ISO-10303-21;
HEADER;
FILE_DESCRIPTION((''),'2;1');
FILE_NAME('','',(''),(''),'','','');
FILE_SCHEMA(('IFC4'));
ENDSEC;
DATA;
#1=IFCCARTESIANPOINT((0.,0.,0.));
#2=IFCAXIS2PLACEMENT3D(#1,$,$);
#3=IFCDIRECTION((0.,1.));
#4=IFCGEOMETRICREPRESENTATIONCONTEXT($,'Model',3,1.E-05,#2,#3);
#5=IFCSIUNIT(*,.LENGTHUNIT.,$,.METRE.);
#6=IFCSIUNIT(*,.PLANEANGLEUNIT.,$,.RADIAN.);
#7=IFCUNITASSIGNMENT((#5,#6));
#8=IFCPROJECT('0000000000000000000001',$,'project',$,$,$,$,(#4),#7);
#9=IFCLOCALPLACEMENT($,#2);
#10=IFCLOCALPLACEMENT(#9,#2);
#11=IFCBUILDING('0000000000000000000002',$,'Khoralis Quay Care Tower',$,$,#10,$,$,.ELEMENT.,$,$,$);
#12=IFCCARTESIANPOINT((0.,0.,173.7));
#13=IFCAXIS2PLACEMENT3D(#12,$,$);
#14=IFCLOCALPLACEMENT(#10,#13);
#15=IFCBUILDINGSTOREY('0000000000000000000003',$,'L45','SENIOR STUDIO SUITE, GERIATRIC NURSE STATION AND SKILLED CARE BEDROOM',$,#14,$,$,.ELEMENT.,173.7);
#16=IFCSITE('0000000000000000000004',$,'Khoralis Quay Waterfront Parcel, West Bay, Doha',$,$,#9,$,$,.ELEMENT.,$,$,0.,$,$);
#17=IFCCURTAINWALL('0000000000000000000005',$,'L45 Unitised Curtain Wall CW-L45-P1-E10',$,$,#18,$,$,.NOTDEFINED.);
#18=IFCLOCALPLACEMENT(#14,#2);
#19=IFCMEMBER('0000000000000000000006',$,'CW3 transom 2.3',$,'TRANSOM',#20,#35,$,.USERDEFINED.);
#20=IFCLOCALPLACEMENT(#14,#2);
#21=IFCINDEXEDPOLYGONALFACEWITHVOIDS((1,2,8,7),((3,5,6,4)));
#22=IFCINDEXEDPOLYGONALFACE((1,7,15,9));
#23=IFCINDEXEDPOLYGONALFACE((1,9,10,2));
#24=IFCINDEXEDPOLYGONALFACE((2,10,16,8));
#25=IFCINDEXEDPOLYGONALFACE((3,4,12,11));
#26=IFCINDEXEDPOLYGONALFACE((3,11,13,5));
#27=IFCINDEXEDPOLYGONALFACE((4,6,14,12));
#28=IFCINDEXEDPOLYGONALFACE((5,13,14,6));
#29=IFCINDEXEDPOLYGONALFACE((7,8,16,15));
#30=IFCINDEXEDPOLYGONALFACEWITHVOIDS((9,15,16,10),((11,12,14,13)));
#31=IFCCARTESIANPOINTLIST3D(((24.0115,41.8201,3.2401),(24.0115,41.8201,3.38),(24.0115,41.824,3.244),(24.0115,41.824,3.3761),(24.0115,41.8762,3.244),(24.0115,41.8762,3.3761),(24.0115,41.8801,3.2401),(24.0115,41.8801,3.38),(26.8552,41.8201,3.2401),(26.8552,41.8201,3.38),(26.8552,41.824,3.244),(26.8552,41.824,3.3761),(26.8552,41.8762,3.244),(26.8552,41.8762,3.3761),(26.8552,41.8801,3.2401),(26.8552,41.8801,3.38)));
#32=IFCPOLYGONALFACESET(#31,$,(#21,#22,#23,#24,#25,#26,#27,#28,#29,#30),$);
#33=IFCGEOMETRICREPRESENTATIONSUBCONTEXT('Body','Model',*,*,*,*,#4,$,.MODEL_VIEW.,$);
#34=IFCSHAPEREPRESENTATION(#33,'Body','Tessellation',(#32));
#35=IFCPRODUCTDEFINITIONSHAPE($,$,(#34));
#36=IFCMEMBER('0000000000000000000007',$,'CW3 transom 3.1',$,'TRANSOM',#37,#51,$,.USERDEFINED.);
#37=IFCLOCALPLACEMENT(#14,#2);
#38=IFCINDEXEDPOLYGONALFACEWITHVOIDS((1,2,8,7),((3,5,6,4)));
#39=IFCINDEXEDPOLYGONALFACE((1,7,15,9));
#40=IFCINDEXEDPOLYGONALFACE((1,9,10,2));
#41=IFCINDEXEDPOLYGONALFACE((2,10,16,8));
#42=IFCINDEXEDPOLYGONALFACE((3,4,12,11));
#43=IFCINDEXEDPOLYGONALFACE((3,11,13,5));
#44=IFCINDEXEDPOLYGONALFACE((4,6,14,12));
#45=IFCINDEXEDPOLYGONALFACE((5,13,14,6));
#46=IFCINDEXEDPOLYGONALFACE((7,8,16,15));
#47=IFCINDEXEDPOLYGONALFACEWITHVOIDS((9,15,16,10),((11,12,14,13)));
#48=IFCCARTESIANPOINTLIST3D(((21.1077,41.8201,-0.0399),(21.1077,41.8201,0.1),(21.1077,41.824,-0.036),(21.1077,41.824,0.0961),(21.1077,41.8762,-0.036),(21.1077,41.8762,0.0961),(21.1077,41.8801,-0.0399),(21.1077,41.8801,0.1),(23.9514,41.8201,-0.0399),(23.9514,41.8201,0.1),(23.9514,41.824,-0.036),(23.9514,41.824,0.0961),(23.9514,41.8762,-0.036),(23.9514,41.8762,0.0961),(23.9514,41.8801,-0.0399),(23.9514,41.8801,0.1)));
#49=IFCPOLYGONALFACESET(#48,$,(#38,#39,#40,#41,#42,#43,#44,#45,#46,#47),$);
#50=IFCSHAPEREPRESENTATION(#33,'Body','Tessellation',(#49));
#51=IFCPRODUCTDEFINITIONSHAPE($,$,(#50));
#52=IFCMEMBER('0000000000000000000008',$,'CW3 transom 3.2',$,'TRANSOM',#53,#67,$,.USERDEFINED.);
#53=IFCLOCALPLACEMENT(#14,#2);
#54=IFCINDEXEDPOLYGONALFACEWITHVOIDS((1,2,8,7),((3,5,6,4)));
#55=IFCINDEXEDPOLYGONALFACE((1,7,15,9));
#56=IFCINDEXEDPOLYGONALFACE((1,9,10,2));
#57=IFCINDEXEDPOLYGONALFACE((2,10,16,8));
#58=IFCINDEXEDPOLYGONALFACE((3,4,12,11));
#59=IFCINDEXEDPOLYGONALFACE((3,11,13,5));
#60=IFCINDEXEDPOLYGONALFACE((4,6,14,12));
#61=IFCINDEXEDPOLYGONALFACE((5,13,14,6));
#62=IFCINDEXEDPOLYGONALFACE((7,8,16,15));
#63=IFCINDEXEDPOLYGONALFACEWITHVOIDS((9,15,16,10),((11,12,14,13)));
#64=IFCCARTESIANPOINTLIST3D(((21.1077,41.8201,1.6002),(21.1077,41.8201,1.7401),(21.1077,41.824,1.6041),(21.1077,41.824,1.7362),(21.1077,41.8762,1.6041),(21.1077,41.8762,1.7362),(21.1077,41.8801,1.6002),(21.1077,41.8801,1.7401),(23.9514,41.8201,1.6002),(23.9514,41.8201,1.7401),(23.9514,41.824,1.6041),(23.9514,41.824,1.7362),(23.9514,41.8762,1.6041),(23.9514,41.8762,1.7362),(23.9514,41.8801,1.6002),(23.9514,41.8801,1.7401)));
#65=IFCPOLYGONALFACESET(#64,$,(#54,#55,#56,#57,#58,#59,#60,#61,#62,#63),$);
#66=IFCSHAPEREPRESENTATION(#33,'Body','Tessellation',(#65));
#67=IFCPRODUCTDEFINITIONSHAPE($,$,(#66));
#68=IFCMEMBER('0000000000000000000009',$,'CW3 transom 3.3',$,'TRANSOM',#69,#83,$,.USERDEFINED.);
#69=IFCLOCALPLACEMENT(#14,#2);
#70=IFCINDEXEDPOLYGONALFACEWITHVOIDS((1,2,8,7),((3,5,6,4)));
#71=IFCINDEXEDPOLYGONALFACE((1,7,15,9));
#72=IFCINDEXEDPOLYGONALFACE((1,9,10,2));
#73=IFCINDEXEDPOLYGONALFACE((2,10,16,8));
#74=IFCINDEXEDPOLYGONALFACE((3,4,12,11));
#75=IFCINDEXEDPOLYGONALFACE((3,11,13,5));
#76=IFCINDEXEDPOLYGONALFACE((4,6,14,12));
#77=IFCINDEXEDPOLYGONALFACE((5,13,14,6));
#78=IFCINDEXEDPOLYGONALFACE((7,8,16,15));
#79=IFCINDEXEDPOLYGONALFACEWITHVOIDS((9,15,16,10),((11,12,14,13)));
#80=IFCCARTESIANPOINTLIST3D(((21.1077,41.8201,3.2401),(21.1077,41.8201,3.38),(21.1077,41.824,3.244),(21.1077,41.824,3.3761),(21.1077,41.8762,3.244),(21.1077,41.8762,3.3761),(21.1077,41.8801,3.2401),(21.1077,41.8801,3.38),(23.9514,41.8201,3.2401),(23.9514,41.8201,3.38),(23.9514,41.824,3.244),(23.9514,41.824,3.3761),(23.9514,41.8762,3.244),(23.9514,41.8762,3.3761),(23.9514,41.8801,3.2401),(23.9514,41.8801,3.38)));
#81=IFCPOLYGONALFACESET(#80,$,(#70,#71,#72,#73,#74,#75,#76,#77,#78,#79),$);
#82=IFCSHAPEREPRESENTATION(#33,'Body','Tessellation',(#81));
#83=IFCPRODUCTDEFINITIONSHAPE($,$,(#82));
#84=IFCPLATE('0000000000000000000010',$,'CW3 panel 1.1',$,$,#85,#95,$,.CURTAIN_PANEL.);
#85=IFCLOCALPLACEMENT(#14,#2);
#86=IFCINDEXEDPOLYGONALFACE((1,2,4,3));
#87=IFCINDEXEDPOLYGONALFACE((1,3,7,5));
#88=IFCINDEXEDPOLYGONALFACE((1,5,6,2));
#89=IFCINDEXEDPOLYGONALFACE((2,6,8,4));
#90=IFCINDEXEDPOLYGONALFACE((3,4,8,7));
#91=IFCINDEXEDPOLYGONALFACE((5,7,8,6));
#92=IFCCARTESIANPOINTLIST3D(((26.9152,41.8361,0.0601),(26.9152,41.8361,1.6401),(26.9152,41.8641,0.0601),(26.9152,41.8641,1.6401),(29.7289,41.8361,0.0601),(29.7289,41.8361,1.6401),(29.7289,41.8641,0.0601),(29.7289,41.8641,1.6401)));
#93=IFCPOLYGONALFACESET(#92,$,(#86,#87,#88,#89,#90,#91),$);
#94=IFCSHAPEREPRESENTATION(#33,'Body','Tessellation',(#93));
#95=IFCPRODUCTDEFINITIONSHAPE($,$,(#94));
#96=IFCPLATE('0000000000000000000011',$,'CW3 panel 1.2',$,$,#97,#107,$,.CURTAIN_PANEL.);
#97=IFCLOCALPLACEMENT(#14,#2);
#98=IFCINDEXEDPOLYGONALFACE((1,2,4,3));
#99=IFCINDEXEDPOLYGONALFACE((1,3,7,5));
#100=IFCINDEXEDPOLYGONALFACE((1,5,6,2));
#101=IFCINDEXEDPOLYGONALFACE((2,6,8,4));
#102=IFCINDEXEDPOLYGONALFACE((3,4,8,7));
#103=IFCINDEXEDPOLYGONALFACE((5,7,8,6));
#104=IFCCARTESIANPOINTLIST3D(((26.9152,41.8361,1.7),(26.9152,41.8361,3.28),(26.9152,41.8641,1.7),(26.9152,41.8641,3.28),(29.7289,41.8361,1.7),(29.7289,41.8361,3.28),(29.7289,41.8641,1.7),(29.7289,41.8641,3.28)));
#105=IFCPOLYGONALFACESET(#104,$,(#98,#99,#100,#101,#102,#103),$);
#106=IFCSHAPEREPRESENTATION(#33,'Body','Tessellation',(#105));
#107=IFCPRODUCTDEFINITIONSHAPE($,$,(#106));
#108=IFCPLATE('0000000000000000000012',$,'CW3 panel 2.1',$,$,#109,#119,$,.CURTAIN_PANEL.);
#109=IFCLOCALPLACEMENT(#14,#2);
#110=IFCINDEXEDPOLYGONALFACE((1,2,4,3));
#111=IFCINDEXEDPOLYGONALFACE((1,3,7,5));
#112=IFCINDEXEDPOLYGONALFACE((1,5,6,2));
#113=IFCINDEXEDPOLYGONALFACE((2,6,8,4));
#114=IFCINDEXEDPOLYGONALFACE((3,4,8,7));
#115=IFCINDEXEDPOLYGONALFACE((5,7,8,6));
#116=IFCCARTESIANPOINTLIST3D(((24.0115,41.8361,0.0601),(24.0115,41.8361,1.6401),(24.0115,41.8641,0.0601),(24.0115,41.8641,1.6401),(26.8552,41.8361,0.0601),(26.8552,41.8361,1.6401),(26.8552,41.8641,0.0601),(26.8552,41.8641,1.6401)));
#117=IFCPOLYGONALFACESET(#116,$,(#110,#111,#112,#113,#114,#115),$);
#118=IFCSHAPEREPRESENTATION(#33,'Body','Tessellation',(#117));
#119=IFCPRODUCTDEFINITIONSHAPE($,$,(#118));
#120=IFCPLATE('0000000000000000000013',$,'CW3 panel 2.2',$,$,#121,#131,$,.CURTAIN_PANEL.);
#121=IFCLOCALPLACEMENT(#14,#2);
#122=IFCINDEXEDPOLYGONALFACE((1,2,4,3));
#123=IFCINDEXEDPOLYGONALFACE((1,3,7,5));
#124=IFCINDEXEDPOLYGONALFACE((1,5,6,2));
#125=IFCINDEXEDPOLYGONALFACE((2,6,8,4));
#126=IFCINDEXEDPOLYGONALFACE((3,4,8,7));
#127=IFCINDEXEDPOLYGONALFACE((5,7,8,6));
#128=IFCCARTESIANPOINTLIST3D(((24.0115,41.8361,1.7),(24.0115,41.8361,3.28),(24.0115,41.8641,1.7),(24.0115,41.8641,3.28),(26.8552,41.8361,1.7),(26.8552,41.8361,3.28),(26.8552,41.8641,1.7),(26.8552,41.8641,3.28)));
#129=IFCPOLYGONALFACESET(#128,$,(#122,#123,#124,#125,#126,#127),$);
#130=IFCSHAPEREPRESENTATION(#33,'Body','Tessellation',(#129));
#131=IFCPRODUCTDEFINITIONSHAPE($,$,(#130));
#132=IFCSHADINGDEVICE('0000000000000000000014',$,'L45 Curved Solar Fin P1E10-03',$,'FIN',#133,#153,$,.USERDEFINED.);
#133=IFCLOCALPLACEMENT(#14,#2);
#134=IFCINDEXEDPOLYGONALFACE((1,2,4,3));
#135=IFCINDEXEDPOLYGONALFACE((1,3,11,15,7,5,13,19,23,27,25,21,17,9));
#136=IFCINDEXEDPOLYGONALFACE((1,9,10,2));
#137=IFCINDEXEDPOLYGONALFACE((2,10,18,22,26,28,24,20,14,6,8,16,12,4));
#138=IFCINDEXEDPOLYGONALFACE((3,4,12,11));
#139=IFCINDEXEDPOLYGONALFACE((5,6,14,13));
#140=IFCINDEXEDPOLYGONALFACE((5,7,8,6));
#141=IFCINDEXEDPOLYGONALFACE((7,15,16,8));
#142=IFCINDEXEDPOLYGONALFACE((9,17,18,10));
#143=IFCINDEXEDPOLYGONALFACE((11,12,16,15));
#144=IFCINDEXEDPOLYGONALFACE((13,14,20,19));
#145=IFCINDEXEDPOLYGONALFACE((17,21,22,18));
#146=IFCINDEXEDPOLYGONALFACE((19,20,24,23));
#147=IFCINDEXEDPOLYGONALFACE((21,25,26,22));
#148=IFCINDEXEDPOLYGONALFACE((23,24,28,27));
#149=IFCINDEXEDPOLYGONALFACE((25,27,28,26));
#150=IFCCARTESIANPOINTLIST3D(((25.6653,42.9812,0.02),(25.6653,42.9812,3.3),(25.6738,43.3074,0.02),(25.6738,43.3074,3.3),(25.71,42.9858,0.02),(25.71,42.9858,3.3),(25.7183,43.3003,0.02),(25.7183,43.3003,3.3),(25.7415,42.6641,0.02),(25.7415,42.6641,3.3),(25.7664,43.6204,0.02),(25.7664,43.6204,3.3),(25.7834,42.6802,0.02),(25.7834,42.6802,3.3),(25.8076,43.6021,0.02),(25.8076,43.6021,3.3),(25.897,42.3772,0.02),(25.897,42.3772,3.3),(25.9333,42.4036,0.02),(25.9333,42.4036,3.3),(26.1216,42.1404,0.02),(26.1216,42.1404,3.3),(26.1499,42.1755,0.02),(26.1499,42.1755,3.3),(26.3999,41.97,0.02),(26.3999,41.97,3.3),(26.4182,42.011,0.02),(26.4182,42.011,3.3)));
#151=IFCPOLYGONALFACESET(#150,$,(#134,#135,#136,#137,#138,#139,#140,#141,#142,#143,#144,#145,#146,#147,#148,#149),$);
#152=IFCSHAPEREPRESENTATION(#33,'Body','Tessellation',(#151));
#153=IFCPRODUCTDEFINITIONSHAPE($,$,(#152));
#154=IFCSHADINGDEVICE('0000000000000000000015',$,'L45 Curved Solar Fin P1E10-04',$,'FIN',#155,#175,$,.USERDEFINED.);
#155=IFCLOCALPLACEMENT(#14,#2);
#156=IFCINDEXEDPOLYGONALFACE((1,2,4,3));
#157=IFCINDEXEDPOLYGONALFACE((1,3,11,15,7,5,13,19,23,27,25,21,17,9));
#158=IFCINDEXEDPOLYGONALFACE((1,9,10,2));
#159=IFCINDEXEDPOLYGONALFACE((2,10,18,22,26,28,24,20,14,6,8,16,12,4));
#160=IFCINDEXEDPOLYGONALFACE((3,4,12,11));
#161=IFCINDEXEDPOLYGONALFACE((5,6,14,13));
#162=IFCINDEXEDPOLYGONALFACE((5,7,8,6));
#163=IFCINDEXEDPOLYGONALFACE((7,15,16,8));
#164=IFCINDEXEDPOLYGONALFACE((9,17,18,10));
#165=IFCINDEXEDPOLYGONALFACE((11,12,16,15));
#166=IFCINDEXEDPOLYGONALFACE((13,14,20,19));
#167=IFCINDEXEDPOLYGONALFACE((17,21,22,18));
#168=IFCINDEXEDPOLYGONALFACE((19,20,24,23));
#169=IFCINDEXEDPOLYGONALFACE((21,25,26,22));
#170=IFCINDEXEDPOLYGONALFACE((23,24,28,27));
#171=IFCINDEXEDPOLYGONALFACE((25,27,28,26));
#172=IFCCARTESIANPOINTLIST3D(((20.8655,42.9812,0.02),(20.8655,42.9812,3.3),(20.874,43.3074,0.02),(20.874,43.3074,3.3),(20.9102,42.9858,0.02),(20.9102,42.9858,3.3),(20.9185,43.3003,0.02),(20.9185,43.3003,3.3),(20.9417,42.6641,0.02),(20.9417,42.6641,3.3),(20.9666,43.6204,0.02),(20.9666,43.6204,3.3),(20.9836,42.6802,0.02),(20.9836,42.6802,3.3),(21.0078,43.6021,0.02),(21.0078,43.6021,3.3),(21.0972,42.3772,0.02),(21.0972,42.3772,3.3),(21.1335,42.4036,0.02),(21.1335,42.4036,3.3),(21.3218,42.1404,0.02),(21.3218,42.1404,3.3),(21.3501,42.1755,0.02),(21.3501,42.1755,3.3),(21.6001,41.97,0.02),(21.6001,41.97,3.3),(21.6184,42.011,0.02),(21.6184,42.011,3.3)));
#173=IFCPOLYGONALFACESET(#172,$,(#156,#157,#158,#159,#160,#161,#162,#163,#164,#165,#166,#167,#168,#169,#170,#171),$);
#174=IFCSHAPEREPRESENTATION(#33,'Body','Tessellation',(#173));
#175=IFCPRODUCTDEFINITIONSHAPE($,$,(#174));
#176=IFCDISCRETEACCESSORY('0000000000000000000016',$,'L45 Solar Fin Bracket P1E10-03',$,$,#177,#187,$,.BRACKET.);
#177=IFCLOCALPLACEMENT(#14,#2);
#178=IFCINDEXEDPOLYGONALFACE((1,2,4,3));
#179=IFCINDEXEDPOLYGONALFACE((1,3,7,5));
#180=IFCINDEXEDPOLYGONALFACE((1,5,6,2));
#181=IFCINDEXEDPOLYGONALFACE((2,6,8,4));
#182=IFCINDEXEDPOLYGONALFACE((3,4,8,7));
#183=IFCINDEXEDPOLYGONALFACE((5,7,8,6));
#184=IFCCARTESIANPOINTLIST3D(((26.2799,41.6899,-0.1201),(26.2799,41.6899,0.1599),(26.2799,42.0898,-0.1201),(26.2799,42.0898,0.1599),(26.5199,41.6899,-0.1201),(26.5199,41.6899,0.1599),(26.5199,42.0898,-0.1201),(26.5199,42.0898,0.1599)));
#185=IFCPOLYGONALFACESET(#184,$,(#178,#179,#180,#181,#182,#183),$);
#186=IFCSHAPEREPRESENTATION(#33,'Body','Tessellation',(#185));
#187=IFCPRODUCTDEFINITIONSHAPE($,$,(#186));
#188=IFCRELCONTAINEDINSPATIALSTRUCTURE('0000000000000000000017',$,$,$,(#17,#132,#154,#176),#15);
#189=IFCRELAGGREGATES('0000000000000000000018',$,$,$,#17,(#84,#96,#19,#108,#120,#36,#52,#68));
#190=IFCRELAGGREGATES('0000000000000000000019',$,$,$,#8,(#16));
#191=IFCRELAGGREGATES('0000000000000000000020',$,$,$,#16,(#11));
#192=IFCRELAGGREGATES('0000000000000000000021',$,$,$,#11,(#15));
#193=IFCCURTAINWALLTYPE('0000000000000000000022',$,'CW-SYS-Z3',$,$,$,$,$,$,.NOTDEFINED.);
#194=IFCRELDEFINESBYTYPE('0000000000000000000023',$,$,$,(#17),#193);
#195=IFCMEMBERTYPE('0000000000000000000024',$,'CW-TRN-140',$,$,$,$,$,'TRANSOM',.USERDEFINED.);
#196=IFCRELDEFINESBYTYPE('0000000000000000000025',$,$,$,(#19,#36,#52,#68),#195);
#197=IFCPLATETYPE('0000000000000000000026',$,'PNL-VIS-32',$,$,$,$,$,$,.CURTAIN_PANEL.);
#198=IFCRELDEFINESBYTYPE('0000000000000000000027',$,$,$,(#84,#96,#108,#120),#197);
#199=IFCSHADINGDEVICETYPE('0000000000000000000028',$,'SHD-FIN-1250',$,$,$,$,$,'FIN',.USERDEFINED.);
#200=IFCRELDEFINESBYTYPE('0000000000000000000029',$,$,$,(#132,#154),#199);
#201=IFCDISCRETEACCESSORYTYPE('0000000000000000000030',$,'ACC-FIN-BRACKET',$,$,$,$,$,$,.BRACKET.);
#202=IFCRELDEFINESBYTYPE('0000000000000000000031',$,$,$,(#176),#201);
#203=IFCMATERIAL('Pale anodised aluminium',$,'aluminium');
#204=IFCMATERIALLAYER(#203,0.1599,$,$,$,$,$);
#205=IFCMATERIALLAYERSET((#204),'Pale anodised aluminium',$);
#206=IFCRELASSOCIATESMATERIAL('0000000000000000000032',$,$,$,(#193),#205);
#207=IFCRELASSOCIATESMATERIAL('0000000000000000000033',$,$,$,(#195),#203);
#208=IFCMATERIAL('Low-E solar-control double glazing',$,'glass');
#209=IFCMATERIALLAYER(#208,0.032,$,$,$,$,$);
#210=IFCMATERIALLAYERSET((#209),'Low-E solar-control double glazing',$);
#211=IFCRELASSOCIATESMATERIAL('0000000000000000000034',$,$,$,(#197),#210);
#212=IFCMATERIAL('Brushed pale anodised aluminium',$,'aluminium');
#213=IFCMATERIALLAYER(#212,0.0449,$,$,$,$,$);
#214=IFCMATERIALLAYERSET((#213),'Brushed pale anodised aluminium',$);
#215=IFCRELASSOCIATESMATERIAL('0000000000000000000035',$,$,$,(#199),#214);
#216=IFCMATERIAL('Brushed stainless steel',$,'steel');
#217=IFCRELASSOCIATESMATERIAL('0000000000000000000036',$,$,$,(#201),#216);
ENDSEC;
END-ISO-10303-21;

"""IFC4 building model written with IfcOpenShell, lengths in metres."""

from ifc_helpers import new_model, si_unit, direction, frame, origin, origin_2d, place, context, subcontext, project, spatial, polyline, rectangle, hollow_rectangle, outline, extrude, source, transform, mapped, material, layer, layer_set, material_profile, profile_set, type_object, element, aggregate, save


model = new_model("IFC4")

# Units and contexts
model_context = context("Model", 3, precision=1e-05, world=origin(), true_north=direction((0.0, 1.0)))
body_context = subcontext(model_context, "Body", "Model", "MODEL_VIEW")
ifc_project = project(units=[si_unit("LENGTHUNIT", "METRE"), si_unit("PLANEANGLEUNIT", "RADIAN")], contexts=[model_context])

# Site, building, storey
site_placement = place(None, origin())
site = spatial("IfcSite", under=ifc_project, at=site_placement, Name="Khoralis Quay Waterfront Parcel, West Bay, Doha", CompositionType="ELEMENT", RefElevation=0.0)
building_placement = place(site_placement, origin())
building = spatial("IfcBuilding", under=site, at=building_placement, Name="Khoralis Quay Care Tower", CompositionType="ELEMENT")
storey_placement = place(building_placement, frame((0.0, 0.0, 173.7)))
storey = spatial("IfcBuildingStorey", under=building, at=storey_placement, Name="L45", Description="SENIOR STUDIO SUITE, GERIATRIC NURSE STATION AND SKILLED CARE BEDROOM", CompositionType="ELEMENT", Elevation=173.7)

# Curtain wall, members, plates
ifc_material_1 = material(Name="Pale anodised aluminium", Category="aluminium")
ifc_layer_1 = layer(ifc_material_1, 0.1599)
ifc_layer_set_1 = layer_set([ifc_layer_1], Name="Pale anodised aluminium")
curtain_wall_type = type_object("IfcCurtainWallType", Name="CW-SYS-Z3", PredefinedType="NOTDEFINED", material=ifc_layer_set_1)
curtain_wall_placement = place(storey_placement, origin())
curtain_wall = element("IfcCurtainWall", 1, at=curtain_wall_placement, inside=storey, type_object=curtain_wall_type, Name="L45 Unitised Curtain Wall CW-L45-P1-E10", PredefinedType="NOTDEFINED")
ifc_material_profile_1 = material_profile(ifc_material_1, hollow_rectangle(XDim=0.0601, YDim=0.1399, WallThickness=0.0039, at=origin_2d()), Name="Pale anodised aluminium")
ifc_profile_set_1 = profile_set([ifc_material_profile_1], Name="Pale anodised aluminium")
member_type_1 = type_object("IfcMemberType", Name="CW-TRN-140", ElementType="TRANSOM", PredefinedType="USERDEFINED", material=ifc_profile_set_1)
shared_shape_1 = source(origin(), body_context, "Body", "SweptSolid", [
    extrude(hollow_rectangle(XDim=0.0601, YDim=0.1399, WallThickness=0.0039, at=origin_2d()), origin(), (0.0, 0.0, 1.0), 2.8438),
])
member_1_placement = place(storey_placement, frame((26.8552, 41.8501, 3.3101), z_axis=(-1.0, 0.0, 0.0), x_axis=(0.0, -1.0, 0.0)))
member_1 = element("IfcMember", 2, at=member_1_placement, type_object=member_type_1, Name="CW3 transom 2.3", ObjectType="TRANSOM", PredefinedType="USERDEFINED", context=body_context, shape_type="MappedRepresentation", body=[
    mapped(shared_shape_1, transform((0.0, 0.0, 0.0), scale=1.0)),
])
member_2_placement = place(storey_placement, frame((23.9514, 41.8501, 0.03), z_axis=(-1.0, 0.0, 0.0), x_axis=(0.0, -1.0, 0.0)))
member_2 = element("IfcMember", 3, at=member_2_placement, type_object=member_type_1, Name="CW3 transom 3.1", ObjectType="TRANSOM", PredefinedType="USERDEFINED", context=body_context, shape_type="MappedRepresentation", body=[
    mapped(shared_shape_1, transform((0.0, 0.0, 0.0), scale=1.0)),
])
member_3_placement = place(storey_placement, frame((23.9514, 41.8501, 1.6702), z_axis=(-1.0, 0.0, 0.0), x_axis=(0.0, -1.0, 0.0)))
member_3 = element("IfcMember", 4, at=member_3_placement, type_object=member_type_1, Name="CW3 transom 3.2", ObjectType="TRANSOM", PredefinedType="USERDEFINED", context=body_context, shape_type="MappedRepresentation", body=[
    mapped(shared_shape_1, transform((0.0, 0.0, 0.0), scale=1.0)),
])
member_4_placement = place(storey_placement, frame((23.9514, 41.8501, 3.3101), z_axis=(-1.0, 0.0, 0.0), x_axis=(0.0, -1.0, 0.0)))
member_4 = element("IfcMember", 5, at=member_4_placement, type_object=member_type_1, Name="CW3 transom 3.3", ObjectType="TRANSOM", PredefinedType="USERDEFINED", context=body_context, shape_type="MappedRepresentation", body=[
    mapped(shared_shape_1, transform((0.0, 0.0, 0.0), scale=1.0)),
])
ifc_material_2 = material(Name="Low-E solar-control double glazing", Category="glass")
ifc_layer_2 = layer(ifc_material_2, 0.032)
ifc_layer_set_2 = layer_set([ifc_layer_2], Name="Low-E solar-control double glazing")
plate_type = type_object("IfcPlateType", Name="PNL-VIS-32", PredefinedType="CURTAIN_PANEL", material=ifc_layer_set_2)
shared_shape_2 = source(origin(), body_context, "Body", "SweptSolid", [
    extrude(rectangle(XDim=2.8137, YDim=0.0281, at=origin_2d()), origin(), (0.0, 0.0, 1.0), 1.5801),
])
plate_1_placement = place(storey_placement, frame((28.322, 41.8501, 0.0601), z_axis=(0.0, 0.0, 1.0), x_axis=(-1.0, 0.0, 0.0)))
plate_1 = element("IfcPlate", 6, at=plate_1_placement, type_object=plate_type, Name="CW3 panel 1.1", PredefinedType="CURTAIN_PANEL", context=body_context, shape_type="MappedRepresentation", body=[
    mapped(shared_shape_2, transform((0.0, 0.0, 0.0), scale=1.0)),
])
plate_2_placement = place(storey_placement, frame((28.322, 41.8501, 1.7), z_axis=(0.0, 0.0, 1.0), x_axis=(-1.0, 0.0, 0.0)))
plate_2 = element("IfcPlate", 7, at=plate_2_placement, type_object=plate_type, Name="CW3 panel 1.2", PredefinedType="CURTAIN_PANEL", context=body_context, shape_type="MappedRepresentation", body=[
    mapped(shared_shape_2, transform((0.0, 0.0, 0.0), scale=1.0)),
])
shared_shape_3 = source(origin(), body_context, "Body", "SweptSolid", [
    extrude(rectangle(XDim=2.8438, YDim=0.0281, at=origin_2d()), origin(), (0.0, 0.0, 1.0), 1.5801),
])
plate_3_placement = place(storey_placement, frame((25.4333, 41.8501, 0.0601), z_axis=(0.0, 0.0, 1.0), x_axis=(-1.0, 0.0, 0.0)))
plate_3 = element("IfcPlate", 8, at=plate_3_placement, type_object=plate_type, Name="CW3 panel 2.1", PredefinedType="CURTAIN_PANEL", context=body_context, shape_type="MappedRepresentation", body=[
    mapped(shared_shape_3, transform((0.0, 0.0, 0.0), scale=1.0)),
])
plate_4_placement = place(storey_placement, frame((25.4333, 41.8501, 1.7), z_axis=(0.0, 0.0, 1.0), x_axis=(-1.0, 0.0, 0.0)))
plate_4 = element("IfcPlate", 9, at=plate_4_placement, type_object=plate_type, Name="CW3 panel 2.2", PredefinedType="CURTAIN_PANEL", context=body_context, shape_type="MappedRepresentation", body=[
    mapped(shared_shape_3, transform((0.0, 0.0, 0.0), scale=1.0)),
])
aggregate(curtain_wall, [plate_1, plate_2, member_1, plate_3, plate_4, member_2, member_3, member_4])

# Shading devices
ifc_material_3 = material(Name="Brushed pale anodised aluminium", Category="aluminium")
ifc_layer_3 = layer(ifc_material_3, 0.0449)
ifc_layer_set_3 = layer_set([ifc_layer_3], Name="Brushed pale anodised aluminium")
shading_device_type = type_object("IfcShadingDeviceType", Name="SHD-FIN-1250", ElementType="FIN", PredefinedType="USERDEFINED", material=ifc_layer_set_3)
shared_shape_4 = source(origin(), body_context, "Body", "SweptSolid", [
    extrude(outline(polyline([(0.0, 0.0), (0.1704, 0.2783), (0.4072, 0.5029), (0.6941, 0.6584), (1.0112, 0.7346), (1.3374, 0.7261), (1.6504, 0.6335), (1.6321, 0.5923), (1.3303, 0.6816), (1.0159, 0.6899), (0.7102, 0.6165), (0.4336, 0.4666), (0.2056, 0.25), (0.041, -0.0183), (0.0, 0.0)])), origin(), (0.0, 0.0, 1.0), 3.28),
])
for number, where, z_axis, x_axis, name in (
    (10, (26.3999, 41.97, 0.02), (0.0, 0.0, 1.0), (0.0, 1.0, 0.0), "L45 Curved Solar Fin P1E10-03"),
    (11, (21.6001, 41.97, 0.02), (0.0, 0.0, 1.0), (0.0, 1.0, 0.0), "L45 Curved Solar Fin P1E10-04"),
):
    element("IfcShadingDevice", number, at=place(storey_placement, frame(where, z_axis=z_axis, x_axis=x_axis)), inside=storey, type_object=shading_device_type, Name=name, ObjectType="FIN", PredefinedType="USERDEFINED", context=body_context, shape_type="MappedRepresentation", body=[
        mapped(shared_shape_4, transform((0.0, 0.0, 0.0), scale=1.0)),
    ])

# Discrete accessory
ifc_material_4 = material(Name="Brushed stainless steel", Category="steel")
discrete_accessory_type = type_object("IfcDiscreteAccessoryType", Name="ACC-FIN-BRACKET", PredefinedType="BRACKET", material=ifc_material_4)
shared_shape_5 = source(origin(), body_context, "Body", "SweptSolid", [
    extrude(rectangle(XDim=0.3999, YDim=0.24, at=origin_2d()), origin(), (0.0, 0.0, 1.0), 0.28),
])
for number, where, z_axis, x_axis, name in (
    (12, (26.3999, 41.8899, -0.1201), (0.0, 0.0, 1.0), (0.0, 1.0, 0.0), "L45 Solar Fin Bracket P1E10-03"),
):
    element("IfcDiscreteAccessory", number, at=place(storey_placement, frame(where, z_axis=z_axis, x_axis=x_axis)), inside=storey, type_object=discrete_accessory_type, Name=name, PredefinedType="BRACKET", context=body_context, shape_type="MappedRepresentation", body=[
        mapped(shared_shape_5, transform((0.0, 0.0, 0.0), scale=1.0)),
    ])

save(model, "model.ifc")
